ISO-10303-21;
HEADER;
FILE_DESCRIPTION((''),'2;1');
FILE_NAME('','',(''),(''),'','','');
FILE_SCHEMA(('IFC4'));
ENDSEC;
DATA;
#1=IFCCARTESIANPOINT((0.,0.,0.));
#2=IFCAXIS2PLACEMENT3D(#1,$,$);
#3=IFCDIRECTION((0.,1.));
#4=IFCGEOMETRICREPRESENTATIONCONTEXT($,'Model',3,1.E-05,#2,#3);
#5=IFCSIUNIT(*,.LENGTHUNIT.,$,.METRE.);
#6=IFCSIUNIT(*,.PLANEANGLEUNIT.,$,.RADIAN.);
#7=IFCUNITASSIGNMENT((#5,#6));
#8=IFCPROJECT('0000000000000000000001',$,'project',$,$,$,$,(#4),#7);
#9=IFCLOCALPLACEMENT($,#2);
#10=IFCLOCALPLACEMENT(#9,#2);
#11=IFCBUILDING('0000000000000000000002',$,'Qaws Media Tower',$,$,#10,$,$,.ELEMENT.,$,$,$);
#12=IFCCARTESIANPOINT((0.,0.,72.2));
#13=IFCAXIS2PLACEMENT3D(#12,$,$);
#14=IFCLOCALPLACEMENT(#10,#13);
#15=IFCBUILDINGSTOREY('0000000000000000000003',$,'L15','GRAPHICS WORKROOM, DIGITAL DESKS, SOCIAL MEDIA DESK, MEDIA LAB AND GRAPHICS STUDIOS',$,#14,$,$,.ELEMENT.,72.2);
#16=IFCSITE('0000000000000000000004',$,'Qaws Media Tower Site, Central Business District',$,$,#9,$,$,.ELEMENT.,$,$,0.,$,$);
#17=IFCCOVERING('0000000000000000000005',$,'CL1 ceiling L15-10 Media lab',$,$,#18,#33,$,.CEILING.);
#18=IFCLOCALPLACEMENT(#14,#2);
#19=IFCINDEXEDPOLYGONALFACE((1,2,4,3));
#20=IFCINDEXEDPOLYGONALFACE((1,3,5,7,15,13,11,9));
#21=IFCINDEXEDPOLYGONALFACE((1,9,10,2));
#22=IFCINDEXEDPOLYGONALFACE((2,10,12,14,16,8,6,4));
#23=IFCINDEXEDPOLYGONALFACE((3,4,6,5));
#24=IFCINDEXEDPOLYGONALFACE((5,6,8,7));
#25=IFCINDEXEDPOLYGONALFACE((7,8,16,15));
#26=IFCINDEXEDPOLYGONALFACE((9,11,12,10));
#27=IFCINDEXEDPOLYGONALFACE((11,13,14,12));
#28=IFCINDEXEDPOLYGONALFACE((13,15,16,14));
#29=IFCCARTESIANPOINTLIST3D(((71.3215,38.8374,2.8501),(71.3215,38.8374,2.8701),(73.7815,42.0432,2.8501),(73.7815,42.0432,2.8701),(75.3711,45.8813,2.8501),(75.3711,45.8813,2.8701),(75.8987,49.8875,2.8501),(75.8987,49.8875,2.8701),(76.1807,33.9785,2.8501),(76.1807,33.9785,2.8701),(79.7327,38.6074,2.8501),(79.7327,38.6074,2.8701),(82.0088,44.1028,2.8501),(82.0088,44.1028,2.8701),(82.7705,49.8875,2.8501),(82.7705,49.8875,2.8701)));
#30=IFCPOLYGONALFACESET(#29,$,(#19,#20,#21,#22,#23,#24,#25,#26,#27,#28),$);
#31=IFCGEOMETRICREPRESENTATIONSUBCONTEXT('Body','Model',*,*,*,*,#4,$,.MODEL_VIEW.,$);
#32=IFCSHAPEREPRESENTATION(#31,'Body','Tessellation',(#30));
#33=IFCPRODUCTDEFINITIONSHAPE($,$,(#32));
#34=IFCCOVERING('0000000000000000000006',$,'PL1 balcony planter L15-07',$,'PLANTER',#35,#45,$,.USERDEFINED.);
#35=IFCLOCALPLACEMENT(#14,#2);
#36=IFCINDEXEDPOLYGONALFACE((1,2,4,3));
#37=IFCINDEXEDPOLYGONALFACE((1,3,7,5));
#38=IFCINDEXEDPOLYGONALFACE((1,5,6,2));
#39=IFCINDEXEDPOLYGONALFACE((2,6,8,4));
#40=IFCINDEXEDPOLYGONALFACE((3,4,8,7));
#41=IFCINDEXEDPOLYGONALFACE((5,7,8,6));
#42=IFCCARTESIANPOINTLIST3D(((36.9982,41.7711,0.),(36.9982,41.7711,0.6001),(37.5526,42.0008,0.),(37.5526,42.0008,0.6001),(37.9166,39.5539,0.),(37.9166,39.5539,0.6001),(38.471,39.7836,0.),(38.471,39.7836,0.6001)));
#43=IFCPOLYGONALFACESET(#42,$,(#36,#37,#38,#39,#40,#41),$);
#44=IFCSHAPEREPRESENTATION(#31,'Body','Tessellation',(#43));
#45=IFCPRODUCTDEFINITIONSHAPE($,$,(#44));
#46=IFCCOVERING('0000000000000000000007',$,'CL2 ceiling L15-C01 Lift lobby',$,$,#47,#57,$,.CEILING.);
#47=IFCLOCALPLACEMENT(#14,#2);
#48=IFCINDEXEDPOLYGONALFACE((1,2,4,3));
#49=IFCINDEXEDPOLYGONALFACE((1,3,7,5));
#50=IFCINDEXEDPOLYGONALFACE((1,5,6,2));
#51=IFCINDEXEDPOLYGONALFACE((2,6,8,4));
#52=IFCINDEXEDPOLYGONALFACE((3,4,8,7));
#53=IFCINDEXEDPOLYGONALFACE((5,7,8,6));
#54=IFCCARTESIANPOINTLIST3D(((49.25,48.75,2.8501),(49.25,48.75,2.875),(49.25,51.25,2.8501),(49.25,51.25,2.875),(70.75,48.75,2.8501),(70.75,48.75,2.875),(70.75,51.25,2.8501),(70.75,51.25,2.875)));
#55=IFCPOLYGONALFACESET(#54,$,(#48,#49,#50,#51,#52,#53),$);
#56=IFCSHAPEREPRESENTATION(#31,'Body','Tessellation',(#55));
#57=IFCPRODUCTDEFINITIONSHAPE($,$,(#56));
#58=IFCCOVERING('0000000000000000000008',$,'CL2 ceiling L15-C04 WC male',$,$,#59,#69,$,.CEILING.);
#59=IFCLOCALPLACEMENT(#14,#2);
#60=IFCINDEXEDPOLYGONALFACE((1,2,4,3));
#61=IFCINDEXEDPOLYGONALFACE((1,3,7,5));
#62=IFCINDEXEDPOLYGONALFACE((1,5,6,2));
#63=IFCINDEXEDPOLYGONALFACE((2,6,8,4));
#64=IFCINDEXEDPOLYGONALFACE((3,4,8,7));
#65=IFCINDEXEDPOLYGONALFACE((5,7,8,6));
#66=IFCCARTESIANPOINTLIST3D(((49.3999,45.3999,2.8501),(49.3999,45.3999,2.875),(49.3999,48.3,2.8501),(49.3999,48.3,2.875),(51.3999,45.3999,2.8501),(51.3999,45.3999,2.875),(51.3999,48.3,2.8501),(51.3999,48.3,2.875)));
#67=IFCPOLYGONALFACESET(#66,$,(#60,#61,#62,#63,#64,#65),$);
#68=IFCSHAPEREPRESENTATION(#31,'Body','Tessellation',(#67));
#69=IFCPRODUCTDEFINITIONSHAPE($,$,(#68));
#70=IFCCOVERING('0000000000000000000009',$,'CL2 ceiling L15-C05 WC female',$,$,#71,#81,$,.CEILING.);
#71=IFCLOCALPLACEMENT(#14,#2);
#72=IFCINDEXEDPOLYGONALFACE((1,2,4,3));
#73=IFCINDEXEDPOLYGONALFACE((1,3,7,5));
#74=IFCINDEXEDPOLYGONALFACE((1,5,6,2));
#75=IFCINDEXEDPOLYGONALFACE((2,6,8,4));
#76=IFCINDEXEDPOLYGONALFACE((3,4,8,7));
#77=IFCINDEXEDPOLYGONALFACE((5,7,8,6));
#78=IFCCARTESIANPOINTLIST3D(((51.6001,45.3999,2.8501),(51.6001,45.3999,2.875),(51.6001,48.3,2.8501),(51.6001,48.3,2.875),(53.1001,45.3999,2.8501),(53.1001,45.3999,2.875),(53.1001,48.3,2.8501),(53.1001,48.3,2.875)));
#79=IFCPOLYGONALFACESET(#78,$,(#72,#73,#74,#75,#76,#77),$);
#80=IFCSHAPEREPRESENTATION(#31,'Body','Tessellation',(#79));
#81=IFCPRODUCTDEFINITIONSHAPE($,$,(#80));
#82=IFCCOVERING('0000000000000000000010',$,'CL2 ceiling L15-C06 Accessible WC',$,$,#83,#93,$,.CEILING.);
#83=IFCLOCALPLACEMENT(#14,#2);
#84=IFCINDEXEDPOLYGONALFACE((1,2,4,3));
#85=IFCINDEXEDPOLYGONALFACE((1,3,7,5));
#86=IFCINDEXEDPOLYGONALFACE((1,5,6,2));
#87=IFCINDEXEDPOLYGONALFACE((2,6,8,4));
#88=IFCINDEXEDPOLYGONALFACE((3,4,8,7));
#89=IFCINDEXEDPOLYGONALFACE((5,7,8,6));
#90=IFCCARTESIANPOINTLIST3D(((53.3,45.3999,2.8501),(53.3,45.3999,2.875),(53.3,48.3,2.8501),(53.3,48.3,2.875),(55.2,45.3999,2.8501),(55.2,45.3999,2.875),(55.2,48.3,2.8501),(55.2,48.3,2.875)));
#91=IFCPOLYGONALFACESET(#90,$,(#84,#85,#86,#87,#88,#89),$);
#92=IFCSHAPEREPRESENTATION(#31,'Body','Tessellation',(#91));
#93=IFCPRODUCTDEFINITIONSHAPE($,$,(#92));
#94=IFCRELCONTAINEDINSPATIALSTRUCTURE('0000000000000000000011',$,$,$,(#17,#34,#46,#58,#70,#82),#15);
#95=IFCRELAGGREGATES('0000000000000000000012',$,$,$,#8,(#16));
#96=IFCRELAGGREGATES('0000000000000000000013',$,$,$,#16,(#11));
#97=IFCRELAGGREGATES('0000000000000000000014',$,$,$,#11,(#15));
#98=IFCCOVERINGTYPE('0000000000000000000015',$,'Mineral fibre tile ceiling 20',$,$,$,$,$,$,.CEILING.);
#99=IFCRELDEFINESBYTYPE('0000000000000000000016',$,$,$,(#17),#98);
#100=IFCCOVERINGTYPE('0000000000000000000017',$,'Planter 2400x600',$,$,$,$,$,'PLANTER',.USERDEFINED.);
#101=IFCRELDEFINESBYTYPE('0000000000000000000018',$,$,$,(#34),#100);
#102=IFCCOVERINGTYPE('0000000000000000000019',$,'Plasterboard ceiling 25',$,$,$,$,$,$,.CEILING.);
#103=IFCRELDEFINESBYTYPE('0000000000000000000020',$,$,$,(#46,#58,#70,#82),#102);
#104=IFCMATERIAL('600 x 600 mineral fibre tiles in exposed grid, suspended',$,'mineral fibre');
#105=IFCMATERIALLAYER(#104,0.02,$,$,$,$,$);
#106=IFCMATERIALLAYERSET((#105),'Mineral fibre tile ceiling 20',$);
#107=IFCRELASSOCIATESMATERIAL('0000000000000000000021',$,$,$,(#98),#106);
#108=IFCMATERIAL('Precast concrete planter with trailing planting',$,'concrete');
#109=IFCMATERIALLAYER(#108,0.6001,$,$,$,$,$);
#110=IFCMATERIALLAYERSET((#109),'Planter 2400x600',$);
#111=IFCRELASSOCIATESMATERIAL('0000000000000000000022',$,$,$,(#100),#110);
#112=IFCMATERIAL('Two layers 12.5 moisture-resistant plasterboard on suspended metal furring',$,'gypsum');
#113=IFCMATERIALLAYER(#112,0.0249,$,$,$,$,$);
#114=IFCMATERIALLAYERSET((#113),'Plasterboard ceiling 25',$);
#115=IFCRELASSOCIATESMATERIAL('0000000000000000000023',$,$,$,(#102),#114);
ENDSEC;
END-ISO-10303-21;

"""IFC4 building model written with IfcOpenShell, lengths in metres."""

from ifc_helpers import new_model, si_unit, direction, frame, origin, origin_2d, place, context, subcontext, project, spatial, polyline, rectangle, outline, extrude, material, layer, layer_set, type_object, element, save


model = new_model("IFC4")

# Units and contexts
model_context = context("Model", 3, precision=1e-05, world=origin(), true_north=direction((0.0, 1.0)))
body_context = subcontext(model_context, "Body", "Model", "MODEL_VIEW")
ifc_project = project(units=[si_unit("LENGTHUNIT", "METRE"), si_unit("PLANEANGLEUNIT", "RADIAN")], contexts=[model_context])

# Site, building, storey
site_placement = place(None, origin())
site = spatial("IfcSite", under=ifc_project, at=site_placement, Name="Qaws Media Tower Site, Central Business District", CompositionType="ELEMENT", RefElevation=0.0)
building_placement = place(site_placement, origin())
building = spatial("IfcBuilding", under=site, at=building_placement, Name="Qaws Media Tower", CompositionType="ELEMENT")
storey_placement = place(building_placement, frame((0.0, 0.0, 72.2)))
storey = spatial("IfcBuildingStorey", under=building, at=storey_placement, Name="L15", Description="GRAPHICS WORKROOM, DIGITAL DESKS, SOCIAL MEDIA DESK, MEDIA LAB AND GRAPHICS STUDIOS", CompositionType="ELEMENT", Elevation=72.2)

# Coverings
ifc_material_1 = material(Name="600 x 600 mineral fibre tiles in exposed grid, suspended", Category="mineral fibre")
ifc_layer_1 = layer(ifc_material_1, 0.02)
ifc_layer_set_1 = layer_set([ifc_layer_1], Name="Mineral fibre tile ceiling 20")
covering_type_1 = type_object("IfcCoveringType", Name="Mineral fibre tile ceiling 20", PredefinedType="CEILING", material=ifc_layer_set_1)
covering_1_placement = place(storey_placement, frame((0.0, 0.0, 2.8501)))
element("IfcCovering", 1, at=covering_1_placement, inside=storey, type_object=covering_type_1, Name="CL1 ceiling L15-10 Media lab", PredefinedType="CEILING", context=body_context, shape_type="SweptSolid", body=[
    extrude(outline(polyline([(82.0088, 44.1028), (79.7327, 38.6074), (76.1807, 33.9785), (71.3215, 38.8374), (73.7815, 42.0432), (75.3711, 45.8813), (75.8987, 49.8875), (82.7705, 49.8875), (82.0088, 44.1028)])), origin(), (0.0, 0.0, 1.0), 0.02),
])
ifc_material_2 = material(Name="Precast concrete planter with trailing planting", Category="concrete")
ifc_layer_2 = layer(ifc_material_2, 0.6001)
ifc_layer_set_2 = layer_set([ifc_layer_2], Name="Planter 2400x600")
covering_type_2 = type_object("IfcCoveringType", Name="Planter 2400x600", ElementType="PLANTER", PredefinedType="USERDEFINED", material=ifc_layer_set_2)
covering_2_placement = place(storey_placement, frame((37.7346, 40.7773, 0.0), z_axis=(0.0, 0.0, 1.0), x_axis=(0.382683, -0.92388, 0.0)))
element("IfcCovering", 2, at=covering_2_placement, inside=storey, type_object=covering_type_2, Name="PL1 balcony planter L15-07", ObjectType="PLANTER", PredefinedType="USERDEFINED", context=body_context, shape_type="SweptSolid", body=[
    extrude(rectangle(XDim=2.3999, YDim=0.6001, at=origin_2d()), origin(), (0.0, 0.0, 1.0), 0.6001),
])
ifc_material_3 = material(Name="Two layers 12.5 moisture-resistant plasterboard on suspended metal furring", Category="gypsum")
ifc_layer_3 = layer(ifc_material_3, 0.0249)
ifc_layer_set_3 = layer_set([ifc_layer_3], Name="Plasterboard ceiling 25")
covering_type_3 = type_object("IfcCoveringType", Name="Plasterboard ceiling 25", PredefinedType="CEILING", material=ifc_layer_set_3)
covering_3_placement = place(storey_placement, frame((0.0, 0.0, 2.8501)))
element("IfcCovering", 3, at=covering_3_placement, inside=storey, type_object=covering_type_3, Name="CL2 ceiling L15-C01 Lift lobby", PredefinedType="CEILING", context=body_context, shape_type="SweptSolid", body=[
    extrude(outline(polyline([(49.25, 48.75), (49.25, 51.25), (70.75, 51.25), (70.75, 48.75), (49.25, 48.75)])), origin(), (0.0, 0.0, 1.0), 0.0249),
])
covering_4_placement = place(storey_placement, frame((0.0, 0.0, 2.8501)))
element("IfcCovering", 4, at=covering_4_placement, inside=storey, type_object=covering_type_3, Name="CL2 ceiling L15-C04 WC male", PredefinedType="CEILING", context=body_context, shape_type="SweptSolid", body=[
    extrude(outline(polyline([(49.3999, 45.3999), (49.3999, 48.3), (51.3999, 48.3), (51.3999, 45.3999), (49.3999, 45.3999)])), origin(), (0.0, 0.0, 1.0), 0.0249),
])
covering_5_placement = place(storey_placement, frame((0.0, 0.0, 2.8501)))
element("IfcCovering", 5, at=covering_5_placement, inside=storey, type_object=covering_type_3, Name="CL2 ceiling L15-C05 WC female", PredefinedType="CEILING", context=body_context, shape_type="SweptSolid", body=[
    extrude(outline(polyline([(51.6001, 45.3999), (51.6001, 48.3), (53.1001, 48.3), (53.1001, 45.3999), (51.6001, 45.3999)])), origin(), (0.0, 0.0, 1.0), 0.0249),
])
covering_6_placement = place(storey_placement, frame((0.0, 0.0, 2.8501)))
element("IfcCovering", 6, at=covering_6_placement, inside=storey, type_object=covering_type_3, Name="CL2 ceiling L15-C06 Accessible WC", PredefinedType="CEILING", context=body_context, shape_type="SweptSolid", body=[
    extrude(outline(polyline([(53.3, 45.3999), (53.3, 48.3), (55.2, 48.3), (55.2, 45.3999), (53.3, 45.3999)])), origin(), (0.0, 0.0, 1.0), 0.0249),
])

save(model, "model.ifc")
